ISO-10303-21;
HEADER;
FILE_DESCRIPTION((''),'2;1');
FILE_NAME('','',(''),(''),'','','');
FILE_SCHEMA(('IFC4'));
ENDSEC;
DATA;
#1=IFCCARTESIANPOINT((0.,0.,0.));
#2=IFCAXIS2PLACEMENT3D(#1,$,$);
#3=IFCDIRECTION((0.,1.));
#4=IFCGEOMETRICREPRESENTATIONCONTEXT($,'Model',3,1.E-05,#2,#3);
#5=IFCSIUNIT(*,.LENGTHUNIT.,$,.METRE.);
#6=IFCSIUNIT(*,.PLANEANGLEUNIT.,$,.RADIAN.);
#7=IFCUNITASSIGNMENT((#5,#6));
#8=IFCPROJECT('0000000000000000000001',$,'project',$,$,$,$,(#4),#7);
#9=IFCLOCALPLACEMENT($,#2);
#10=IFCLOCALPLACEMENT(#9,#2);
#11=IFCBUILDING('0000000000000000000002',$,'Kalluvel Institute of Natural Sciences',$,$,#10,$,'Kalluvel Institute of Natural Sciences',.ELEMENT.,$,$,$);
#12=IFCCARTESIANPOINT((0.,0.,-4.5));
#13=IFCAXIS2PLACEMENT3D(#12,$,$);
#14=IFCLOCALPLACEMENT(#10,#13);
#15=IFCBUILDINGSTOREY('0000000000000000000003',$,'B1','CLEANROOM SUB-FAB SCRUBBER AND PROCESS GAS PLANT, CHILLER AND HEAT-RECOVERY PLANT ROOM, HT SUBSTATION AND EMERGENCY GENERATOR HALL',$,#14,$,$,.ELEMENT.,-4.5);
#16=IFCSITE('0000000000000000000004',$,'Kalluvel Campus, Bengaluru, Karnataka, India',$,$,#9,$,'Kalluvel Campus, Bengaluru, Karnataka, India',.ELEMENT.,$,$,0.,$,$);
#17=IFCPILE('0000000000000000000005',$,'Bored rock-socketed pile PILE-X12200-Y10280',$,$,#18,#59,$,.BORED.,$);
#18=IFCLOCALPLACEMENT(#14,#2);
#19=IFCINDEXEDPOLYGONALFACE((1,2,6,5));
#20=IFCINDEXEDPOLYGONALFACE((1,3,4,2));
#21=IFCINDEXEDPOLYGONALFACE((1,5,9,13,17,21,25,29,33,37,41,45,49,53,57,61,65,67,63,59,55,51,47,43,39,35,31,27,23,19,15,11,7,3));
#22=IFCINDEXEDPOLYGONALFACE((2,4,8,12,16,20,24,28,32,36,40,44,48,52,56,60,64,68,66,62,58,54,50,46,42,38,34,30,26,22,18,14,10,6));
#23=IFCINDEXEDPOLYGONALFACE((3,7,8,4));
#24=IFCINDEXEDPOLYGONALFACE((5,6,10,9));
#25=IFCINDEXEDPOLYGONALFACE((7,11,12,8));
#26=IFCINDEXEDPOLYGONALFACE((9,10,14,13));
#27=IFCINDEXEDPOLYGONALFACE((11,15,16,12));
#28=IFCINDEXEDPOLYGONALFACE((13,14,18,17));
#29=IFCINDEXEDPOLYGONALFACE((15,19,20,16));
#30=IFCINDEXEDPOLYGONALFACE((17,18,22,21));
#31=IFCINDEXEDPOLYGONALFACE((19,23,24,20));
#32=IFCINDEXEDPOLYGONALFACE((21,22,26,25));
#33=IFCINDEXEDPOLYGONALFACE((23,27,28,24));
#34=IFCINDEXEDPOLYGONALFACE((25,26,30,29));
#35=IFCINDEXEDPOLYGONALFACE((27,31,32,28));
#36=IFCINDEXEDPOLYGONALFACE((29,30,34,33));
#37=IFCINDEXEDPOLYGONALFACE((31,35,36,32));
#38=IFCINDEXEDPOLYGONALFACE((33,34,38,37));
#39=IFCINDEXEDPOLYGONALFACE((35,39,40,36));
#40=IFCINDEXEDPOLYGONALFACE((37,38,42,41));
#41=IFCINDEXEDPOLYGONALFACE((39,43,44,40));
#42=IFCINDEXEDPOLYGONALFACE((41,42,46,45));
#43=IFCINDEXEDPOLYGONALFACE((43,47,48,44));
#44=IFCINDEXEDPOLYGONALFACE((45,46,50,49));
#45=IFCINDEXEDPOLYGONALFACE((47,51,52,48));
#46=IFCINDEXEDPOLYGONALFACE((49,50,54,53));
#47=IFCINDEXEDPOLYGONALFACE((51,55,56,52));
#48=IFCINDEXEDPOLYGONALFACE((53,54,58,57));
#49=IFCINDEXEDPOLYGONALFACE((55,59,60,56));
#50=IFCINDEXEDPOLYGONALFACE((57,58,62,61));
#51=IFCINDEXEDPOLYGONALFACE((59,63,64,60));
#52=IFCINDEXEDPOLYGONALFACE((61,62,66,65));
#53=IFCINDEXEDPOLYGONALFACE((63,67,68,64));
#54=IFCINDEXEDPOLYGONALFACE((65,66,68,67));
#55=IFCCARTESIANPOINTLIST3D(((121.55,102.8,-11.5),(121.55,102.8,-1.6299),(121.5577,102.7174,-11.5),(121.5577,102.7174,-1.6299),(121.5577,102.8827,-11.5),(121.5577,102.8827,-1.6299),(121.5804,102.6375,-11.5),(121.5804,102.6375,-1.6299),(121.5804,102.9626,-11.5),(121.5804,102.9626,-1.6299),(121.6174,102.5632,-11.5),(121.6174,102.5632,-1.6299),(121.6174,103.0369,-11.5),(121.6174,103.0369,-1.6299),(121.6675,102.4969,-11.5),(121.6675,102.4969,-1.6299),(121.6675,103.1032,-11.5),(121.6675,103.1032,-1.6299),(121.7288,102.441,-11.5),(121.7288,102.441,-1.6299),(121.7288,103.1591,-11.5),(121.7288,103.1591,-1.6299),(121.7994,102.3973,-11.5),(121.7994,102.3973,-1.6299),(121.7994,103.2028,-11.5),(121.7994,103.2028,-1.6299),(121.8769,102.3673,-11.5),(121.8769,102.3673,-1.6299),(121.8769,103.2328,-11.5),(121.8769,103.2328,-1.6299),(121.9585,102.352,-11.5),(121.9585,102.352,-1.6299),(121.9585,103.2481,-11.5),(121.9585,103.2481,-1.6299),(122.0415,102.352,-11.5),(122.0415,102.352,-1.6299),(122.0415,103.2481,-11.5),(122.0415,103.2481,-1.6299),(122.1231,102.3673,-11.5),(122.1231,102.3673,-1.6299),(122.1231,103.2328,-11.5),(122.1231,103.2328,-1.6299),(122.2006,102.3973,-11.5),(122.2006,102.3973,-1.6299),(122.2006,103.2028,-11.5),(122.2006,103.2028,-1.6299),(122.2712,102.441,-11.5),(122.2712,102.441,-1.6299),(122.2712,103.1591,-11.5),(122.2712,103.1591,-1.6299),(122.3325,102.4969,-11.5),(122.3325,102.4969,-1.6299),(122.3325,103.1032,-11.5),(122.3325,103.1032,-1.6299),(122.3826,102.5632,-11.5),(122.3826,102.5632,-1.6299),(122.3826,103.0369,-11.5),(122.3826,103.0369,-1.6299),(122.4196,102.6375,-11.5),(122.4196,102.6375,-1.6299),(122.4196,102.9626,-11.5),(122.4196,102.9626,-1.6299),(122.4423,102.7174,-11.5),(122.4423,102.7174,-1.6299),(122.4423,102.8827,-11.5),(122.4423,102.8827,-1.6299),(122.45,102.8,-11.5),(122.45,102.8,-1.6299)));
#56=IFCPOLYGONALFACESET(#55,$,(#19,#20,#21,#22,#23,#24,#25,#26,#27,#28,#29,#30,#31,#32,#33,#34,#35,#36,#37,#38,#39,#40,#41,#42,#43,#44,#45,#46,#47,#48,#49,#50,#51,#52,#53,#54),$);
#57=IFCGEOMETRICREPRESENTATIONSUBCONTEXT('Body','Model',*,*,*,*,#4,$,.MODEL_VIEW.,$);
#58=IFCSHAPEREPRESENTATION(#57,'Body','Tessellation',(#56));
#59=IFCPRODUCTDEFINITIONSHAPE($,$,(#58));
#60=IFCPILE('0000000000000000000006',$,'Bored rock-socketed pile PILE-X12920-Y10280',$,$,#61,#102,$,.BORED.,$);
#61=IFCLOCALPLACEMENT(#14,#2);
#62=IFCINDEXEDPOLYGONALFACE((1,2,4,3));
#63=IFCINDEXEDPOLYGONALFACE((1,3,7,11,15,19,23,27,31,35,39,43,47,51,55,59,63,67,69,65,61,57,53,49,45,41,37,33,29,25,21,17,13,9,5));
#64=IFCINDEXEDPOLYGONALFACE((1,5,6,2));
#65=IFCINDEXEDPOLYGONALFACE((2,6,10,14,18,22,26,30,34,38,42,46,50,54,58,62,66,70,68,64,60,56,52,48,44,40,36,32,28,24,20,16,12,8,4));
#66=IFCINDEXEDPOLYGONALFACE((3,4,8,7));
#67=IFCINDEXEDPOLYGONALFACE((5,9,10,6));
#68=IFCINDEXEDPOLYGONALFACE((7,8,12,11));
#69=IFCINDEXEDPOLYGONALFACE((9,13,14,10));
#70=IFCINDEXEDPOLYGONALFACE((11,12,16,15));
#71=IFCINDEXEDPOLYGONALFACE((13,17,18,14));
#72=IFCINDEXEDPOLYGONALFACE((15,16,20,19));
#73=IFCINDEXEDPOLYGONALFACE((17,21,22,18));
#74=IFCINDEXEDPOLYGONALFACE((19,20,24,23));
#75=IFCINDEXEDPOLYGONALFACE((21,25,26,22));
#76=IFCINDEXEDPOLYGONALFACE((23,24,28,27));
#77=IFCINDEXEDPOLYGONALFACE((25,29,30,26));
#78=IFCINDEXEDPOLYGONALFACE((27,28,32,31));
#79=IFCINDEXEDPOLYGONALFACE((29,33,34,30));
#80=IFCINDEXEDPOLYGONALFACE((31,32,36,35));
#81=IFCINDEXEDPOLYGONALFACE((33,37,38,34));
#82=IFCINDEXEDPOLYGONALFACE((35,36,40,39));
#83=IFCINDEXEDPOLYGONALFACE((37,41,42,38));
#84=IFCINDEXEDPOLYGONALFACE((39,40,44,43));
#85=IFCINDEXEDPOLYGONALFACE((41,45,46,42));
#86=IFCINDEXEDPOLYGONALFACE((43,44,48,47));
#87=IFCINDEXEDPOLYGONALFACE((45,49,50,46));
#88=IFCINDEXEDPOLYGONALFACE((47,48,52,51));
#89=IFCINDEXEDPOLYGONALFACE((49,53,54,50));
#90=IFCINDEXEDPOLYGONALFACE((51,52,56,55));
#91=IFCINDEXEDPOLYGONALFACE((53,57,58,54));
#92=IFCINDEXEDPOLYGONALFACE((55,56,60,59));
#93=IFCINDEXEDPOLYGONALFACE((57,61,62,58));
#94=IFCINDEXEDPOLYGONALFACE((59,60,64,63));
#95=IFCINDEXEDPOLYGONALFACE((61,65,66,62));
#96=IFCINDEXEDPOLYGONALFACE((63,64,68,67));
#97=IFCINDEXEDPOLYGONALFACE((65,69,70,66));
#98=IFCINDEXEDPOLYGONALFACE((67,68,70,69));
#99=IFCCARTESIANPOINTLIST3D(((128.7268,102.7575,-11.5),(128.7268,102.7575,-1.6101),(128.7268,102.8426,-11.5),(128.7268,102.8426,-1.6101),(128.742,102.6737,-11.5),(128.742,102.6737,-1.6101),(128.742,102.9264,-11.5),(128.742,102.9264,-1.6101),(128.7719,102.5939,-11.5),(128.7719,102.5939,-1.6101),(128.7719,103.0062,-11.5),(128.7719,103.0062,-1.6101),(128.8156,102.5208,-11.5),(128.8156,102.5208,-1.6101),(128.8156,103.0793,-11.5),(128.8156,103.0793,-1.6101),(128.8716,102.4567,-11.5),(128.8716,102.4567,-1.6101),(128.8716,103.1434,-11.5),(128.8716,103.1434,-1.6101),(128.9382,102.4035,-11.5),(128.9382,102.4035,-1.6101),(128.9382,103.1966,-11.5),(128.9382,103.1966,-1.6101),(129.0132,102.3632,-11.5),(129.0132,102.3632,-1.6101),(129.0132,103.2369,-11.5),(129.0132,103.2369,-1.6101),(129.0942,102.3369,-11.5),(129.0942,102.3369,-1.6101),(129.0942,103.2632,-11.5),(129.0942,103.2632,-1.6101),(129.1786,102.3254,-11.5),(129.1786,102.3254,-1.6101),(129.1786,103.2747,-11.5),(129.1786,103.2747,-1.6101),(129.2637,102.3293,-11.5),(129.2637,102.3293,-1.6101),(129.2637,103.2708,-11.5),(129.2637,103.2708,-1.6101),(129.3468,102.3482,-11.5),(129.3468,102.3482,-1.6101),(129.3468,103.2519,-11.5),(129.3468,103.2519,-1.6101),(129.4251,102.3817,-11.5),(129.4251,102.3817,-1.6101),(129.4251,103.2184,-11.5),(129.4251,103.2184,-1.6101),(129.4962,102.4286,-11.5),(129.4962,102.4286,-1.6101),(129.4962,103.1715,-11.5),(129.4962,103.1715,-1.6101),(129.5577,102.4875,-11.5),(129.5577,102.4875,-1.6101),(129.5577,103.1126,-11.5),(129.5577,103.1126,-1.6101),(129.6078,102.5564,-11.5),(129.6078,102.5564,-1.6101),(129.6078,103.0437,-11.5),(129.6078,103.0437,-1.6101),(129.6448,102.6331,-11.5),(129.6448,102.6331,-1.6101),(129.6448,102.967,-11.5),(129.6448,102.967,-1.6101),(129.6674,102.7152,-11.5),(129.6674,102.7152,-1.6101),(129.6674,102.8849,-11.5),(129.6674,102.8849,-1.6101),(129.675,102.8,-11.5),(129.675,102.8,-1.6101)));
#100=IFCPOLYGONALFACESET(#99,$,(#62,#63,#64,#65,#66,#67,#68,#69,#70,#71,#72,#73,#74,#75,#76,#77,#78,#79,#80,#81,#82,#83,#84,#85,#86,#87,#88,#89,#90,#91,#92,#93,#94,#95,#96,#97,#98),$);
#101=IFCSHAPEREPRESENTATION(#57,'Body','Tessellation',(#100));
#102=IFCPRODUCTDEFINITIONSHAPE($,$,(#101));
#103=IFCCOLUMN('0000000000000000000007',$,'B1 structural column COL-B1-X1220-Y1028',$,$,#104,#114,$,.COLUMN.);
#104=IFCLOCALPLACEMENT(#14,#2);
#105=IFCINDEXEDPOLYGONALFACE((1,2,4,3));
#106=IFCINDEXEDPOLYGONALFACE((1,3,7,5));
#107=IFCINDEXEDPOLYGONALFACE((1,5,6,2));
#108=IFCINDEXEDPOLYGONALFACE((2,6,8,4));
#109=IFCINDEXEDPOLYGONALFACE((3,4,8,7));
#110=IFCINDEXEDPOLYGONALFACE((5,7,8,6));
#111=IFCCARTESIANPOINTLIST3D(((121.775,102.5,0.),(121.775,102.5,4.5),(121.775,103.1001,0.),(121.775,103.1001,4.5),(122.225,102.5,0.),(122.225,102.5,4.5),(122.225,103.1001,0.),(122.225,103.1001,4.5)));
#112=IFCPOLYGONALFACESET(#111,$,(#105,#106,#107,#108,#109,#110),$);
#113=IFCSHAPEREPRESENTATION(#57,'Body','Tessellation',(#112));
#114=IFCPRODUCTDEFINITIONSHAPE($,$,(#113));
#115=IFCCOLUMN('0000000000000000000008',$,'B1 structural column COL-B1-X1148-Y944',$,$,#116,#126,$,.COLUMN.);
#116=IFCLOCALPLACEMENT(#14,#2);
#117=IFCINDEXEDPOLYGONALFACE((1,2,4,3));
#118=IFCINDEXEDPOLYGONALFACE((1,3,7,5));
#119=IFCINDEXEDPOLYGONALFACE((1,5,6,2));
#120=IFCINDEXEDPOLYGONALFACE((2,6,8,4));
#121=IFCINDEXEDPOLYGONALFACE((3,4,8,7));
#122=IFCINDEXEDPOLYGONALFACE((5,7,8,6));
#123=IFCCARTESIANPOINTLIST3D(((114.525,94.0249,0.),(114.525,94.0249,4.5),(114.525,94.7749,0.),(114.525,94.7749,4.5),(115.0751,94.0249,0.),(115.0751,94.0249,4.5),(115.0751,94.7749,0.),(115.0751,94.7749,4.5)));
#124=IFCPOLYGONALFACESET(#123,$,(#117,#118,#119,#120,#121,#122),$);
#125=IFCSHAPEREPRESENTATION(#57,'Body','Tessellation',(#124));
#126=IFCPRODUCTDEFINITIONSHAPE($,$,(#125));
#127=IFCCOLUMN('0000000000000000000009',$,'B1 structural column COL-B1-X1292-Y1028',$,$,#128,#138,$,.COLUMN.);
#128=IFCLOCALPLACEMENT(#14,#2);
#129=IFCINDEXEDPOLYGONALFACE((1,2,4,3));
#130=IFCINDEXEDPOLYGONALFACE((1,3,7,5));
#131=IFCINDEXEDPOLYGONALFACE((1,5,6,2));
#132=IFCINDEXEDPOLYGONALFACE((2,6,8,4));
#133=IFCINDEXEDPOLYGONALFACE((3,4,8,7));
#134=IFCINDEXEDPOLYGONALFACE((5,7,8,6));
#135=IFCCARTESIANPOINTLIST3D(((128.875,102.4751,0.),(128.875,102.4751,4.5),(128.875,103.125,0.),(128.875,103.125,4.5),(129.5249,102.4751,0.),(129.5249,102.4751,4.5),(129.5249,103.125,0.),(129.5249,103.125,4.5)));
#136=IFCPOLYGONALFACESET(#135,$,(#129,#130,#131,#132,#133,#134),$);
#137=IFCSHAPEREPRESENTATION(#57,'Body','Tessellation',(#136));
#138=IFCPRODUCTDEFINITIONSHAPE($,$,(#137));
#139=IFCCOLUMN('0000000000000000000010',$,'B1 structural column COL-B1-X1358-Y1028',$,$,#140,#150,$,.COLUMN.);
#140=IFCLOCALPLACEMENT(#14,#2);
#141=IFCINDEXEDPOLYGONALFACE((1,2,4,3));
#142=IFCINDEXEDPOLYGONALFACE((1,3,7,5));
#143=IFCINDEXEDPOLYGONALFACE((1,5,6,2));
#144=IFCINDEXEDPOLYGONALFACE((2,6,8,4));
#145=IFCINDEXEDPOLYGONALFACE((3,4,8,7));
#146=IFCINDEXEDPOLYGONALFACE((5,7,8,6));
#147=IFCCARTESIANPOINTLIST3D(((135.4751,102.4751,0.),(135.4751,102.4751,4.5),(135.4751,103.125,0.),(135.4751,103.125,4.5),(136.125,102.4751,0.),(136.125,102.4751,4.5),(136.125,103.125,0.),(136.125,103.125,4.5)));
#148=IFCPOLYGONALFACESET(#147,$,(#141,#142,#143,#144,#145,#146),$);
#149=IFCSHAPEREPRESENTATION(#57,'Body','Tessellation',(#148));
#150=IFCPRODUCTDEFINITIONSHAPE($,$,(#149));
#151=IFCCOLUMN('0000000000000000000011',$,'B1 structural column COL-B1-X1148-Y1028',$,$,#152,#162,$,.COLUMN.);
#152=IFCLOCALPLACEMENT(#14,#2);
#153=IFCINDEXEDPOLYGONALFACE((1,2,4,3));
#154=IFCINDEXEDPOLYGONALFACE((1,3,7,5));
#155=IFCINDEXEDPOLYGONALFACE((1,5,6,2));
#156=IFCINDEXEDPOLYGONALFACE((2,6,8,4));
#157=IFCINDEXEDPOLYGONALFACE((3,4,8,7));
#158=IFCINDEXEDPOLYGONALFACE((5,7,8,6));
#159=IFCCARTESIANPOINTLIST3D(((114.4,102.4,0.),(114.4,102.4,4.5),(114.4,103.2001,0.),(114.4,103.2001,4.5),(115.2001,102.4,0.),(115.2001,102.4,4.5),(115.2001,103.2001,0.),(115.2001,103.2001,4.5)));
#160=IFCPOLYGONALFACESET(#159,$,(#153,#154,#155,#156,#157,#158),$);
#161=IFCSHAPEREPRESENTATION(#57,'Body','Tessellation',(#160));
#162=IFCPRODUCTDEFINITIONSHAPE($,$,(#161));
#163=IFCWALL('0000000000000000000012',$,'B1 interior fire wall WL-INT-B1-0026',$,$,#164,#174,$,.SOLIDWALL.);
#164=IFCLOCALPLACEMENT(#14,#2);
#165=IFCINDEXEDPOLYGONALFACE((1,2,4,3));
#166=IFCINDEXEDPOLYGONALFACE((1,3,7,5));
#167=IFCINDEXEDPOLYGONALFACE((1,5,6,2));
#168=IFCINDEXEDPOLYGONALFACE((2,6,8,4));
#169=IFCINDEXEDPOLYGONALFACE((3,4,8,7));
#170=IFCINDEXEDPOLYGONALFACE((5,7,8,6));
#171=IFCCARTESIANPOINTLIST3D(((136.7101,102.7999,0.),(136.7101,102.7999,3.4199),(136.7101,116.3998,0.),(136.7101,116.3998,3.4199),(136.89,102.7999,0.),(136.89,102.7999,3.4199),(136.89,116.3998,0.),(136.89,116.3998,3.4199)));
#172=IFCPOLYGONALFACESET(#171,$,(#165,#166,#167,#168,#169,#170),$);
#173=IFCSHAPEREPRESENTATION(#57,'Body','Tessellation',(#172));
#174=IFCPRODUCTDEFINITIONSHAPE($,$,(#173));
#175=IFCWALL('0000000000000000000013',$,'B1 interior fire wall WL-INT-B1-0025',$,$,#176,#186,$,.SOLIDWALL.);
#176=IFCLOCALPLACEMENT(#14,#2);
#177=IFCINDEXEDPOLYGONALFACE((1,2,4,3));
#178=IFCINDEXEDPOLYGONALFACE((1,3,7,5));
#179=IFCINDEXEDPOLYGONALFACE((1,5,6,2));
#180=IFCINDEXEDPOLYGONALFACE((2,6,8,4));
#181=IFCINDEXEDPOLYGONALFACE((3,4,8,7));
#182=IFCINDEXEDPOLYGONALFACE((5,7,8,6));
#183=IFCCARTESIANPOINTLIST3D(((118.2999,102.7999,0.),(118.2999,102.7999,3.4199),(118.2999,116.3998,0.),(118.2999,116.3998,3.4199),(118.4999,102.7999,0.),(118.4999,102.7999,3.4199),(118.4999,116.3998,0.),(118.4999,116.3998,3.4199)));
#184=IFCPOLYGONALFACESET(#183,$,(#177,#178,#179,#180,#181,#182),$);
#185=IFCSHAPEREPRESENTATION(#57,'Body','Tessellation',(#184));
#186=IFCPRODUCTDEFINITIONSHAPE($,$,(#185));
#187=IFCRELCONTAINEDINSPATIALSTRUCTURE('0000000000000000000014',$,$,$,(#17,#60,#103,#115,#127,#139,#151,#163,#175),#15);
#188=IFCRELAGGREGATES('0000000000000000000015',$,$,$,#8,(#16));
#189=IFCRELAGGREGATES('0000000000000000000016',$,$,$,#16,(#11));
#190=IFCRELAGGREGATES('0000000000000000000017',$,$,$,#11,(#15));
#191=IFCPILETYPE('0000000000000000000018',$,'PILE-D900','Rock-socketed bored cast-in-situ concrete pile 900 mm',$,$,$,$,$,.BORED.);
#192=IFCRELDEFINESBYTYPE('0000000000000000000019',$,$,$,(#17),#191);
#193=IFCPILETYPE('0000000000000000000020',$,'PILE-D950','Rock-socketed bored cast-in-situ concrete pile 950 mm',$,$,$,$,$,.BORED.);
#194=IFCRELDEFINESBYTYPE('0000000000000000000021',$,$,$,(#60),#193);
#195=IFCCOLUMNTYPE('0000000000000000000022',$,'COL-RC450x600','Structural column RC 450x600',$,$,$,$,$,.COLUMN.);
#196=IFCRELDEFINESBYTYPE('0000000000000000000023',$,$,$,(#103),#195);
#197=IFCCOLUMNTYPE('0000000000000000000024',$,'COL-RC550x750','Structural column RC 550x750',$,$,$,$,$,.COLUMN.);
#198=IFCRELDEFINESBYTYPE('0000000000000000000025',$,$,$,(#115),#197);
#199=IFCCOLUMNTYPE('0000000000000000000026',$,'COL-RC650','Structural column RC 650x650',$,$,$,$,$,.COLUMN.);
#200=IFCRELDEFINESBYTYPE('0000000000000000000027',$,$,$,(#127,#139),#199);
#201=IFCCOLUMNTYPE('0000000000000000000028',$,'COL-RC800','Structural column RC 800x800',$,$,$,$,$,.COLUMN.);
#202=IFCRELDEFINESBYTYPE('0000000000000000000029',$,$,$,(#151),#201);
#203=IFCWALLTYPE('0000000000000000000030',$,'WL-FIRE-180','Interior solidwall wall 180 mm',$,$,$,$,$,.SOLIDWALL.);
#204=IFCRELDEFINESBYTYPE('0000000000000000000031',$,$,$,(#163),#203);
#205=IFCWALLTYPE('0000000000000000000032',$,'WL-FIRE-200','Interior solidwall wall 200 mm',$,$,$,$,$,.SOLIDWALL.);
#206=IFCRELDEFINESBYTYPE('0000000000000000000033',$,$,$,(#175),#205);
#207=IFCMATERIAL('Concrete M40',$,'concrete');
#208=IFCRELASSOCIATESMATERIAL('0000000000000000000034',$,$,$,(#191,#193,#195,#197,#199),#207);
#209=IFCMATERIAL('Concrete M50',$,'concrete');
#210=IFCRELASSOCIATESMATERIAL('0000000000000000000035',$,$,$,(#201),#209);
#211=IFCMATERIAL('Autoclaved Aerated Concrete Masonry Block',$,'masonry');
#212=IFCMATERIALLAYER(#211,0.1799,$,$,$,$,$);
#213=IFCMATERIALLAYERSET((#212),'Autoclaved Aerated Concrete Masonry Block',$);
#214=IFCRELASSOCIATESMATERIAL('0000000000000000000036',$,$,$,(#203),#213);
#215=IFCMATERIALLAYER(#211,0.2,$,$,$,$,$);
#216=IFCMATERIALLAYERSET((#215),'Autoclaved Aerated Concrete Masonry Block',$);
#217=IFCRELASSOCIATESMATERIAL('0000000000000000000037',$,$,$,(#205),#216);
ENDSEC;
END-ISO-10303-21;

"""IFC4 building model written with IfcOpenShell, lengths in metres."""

from ifc_helpers import new_model, si_unit, direction, frame, frame_2d, origin, origin_2d, place, context, subcontext, project, spatial, rectangle, circle, extrude, material, layer, layer_set, material_profile, profile_set, type_object, element, save


model = new_model("IFC4")

# Units and contexts
model_context = context("Model", 3, precision=1e-05, world=origin(), true_north=direction((0.0, 1.0)))
body_context = subcontext(model_context, "Body", "Model", "MODEL_VIEW")
ifc_project = project(units=[si_unit("LENGTHUNIT", "METRE"), si_unit("PLANEANGLEUNIT", "RADIAN")], contexts=[model_context])

# Site, building, storey
site_placement = place(None, origin())
site = spatial("IfcSite", under=ifc_project, at=site_placement, Name="Kalluvel Campus, Bengaluru, Karnataka, India", LongName="Kalluvel Campus, Bengaluru, Karnataka, India", CompositionType="ELEMENT", RefElevation=0.0)
building_placement = place(site_placement, origin())
building = spatial("IfcBuilding", under=site, at=building_placement, Name="Kalluvel Institute of Natural Sciences", LongName="Kalluvel Institute of Natural Sciences", CompositionType="ELEMENT")
storey_placement = place(building_placement, frame((0.0, 0.0, -4.5)))
storey = spatial("IfcBuildingStorey", under=building, at=storey_placement, Name="B1", Description="CLEANROOM SUB-FAB SCRUBBER AND PROCESS GAS PLANT, CHILLER AND HEAT-RECOVERY PLANT ROOM, HT SUBSTATION AND EMERGENCY GENERATOR HALL", CompositionType="ELEMENT", Elevation=-4.5)

# Shared definitions
ifc_material_1 = material(Name="Concrete M40", Category="concrete")

# Piles
ifc_material_profile_1 = material_profile(ifc_material_1, circle(Radius=0.45, at=origin_2d()), Name="PILE D900")
ifc_profile_set_1 = profile_set([ifc_material_profile_1], Name="Concrete M40")
pile_type_1 = type_object("IfcPileType", Name="PILE-D900", Description="Rock-socketed bored cast-in-situ concrete pile 900 mm", PredefinedType="BORED", material=ifc_profile_set_1)
pile_1_placement = place(storey_placement, frame((122.0, 102.8, -1.6299), z_axis=(0.0, 0.0, -1.0), x_axis=(1.0, 0.0, 0.0)))
element("IfcPile", 1, at=pile_1_placement, inside=storey, type_object=pile_type_1, Name="Bored rock-socketed pile PILE-X12200-Y10280", PredefinedType="BORED", context=body_context, shape_type="SweptSolid", body=[
    extrude(circle(Radius=0.45, at=origin_2d()), origin(), (0.0, 0.0, 1.0), 9.8701),
])
ifc_material_profile_2 = material_profile(ifc_material_1, circle(Radius=0.4751, at=origin_2d()), Name="PILE D950")
ifc_profile_set_2 = profile_set([ifc_material_profile_2], Name="Concrete M40")
pile_type_2 = type_object("IfcPileType", Name="PILE-D950", Description="Rock-socketed bored cast-in-situ concrete pile 950 mm", PredefinedType="BORED", material=ifc_profile_set_2)
pile_2_placement = place(storey_placement, frame((129.2, 102.8, -1.6101), z_axis=(0.0, 0.0, -1.0), x_axis=(1.0, 0.0, 0.0)))
element("IfcPile", 2, at=pile_2_placement, inside=storey, type_object=pile_type_2, Name="Bored rock-socketed pile PILE-X12920-Y10280", PredefinedType="BORED", context=body_context, shape_type="SweptSolid", body=[
    extrude(circle(Radius=0.4751, at=origin_2d()), origin(), (0.0, 0.0, 1.0), 9.8899),
])

# Columns
ifc_material_profile_3 = material_profile(ifc_material_1, rectangle(XDim=0.45, YDim=0.6001, at=origin_2d()), Name="RC 450x600")
ifc_profile_set_3 = profile_set([ifc_material_profile_3], Name="Concrete M40")
column_type_1 = type_object("IfcColumnType", Name="COL-RC450x600", Description="Structural column RC 450x600", PredefinedType="COLUMN", material=ifc_profile_set_3)
column_1_placement = place(storey_placement, frame((122.0, 102.8, 0.0), z_axis=(0.0, 0.0, 1.0), x_axis=(1.0, 0.0, 0.0)))
element("IfcColumn", 3, at=column_1_placement, inside=storey, type_object=column_type_1, Name="B1 structural column COL-B1-X1220-Y1028", PredefinedType="COLUMN", context=body_context, shape_type="SweptSolid", body=[
    extrude(rectangle(XDim=0.45, YDim=0.6001, at=origin_2d()), origin(), (0.0, 0.0, 1.0), 4.5),
])
ifc_material_profile_4 = material_profile(ifc_material_1, rectangle(XDim=0.55, YDim=0.75, at=origin_2d()), Name="RC 550x750")
ifc_profile_set_4 = profile_set([ifc_material_profile_4], Name="Concrete M40")
column_type_2 = type_object("IfcColumnType", Name="COL-RC550x750", Description="Structural column RC 550x750", PredefinedType="COLUMN", material=ifc_profile_set_4)
column_2_placement = place(storey_placement, frame((114.8, 94.3999, 0.0), z_axis=(0.0, 0.0, 1.0), x_axis=(1.0, 0.0, 0.0)))
element("IfcColumn", 4, at=column_2_placement, inside=storey, type_object=column_type_2, Name="B1 structural column COL-B1-X1148-Y944", PredefinedType="COLUMN", context=body_context, shape_type="SweptSolid", body=[
    extrude(rectangle(XDim=0.55, YDim=0.75, at=origin_2d()), origin(), (0.0, 0.0, 1.0), 4.5),
])
ifc_material_profile_5 = material_profile(ifc_material_1, rectangle(XDim=0.6499, YDim=0.6499, at=origin_2d()), Name="RC 650x650")
ifc_profile_set_5 = profile_set([ifc_material_profile_5], Name="Concrete M40")
column_type_3 = type_object("IfcColumnType", Name="COL-RC650", Description="Structural column RC 650x650", PredefinedType="COLUMN", material=ifc_profile_set_5)
for number, where, z_axis, x_axis, name in (
    (5, (129.2, 102.8, 0.0), (0.0, 0.0, 1.0), (1.0, 0.0, 0.0), "B1 structural column COL-B1-X1292-Y1028"),
    (6, (135.8, 102.8, 0.0), (0.0, 0.0, 1.0), (1.0, 0.0, 0.0), "B1 structural column COL-B1-X1358-Y1028"),
):
    element("IfcColumn", number, at=place(storey_placement, frame(where, z_axis=z_axis, x_axis=x_axis)), inside=storey, type_object=column_type_3, Name=name, PredefinedType="COLUMN", context=body_context, shape_type="SweptSolid", body=[
        extrude(rectangle(XDim=0.6499, YDim=0.6499, at=origin_2d()), origin(), (0.0, 0.0, 1.0), 4.5),
    ])
ifc_material_2 = material(Name="Concrete M50", Category="concrete")
ifc_material_profile_6 = material_profile(ifc_material_2, rectangle(XDim=0.8, YDim=0.8, at=origin_2d()), Name="RC 800x800")
ifc_profile_set_6 = profile_set([ifc_material_profile_6], Name="Concrete M50")
column_type_4 = type_object("IfcColumnType", Name="COL-RC800", Description="Structural column RC 800x800", PredefinedType="COLUMN", material=ifc_profile_set_6)
column_3_placement = place(storey_placement, frame((114.8, 102.8, 0.0), z_axis=(0.0, 0.0, 1.0), x_axis=(1.0, 0.0, 0.0)))
element("IfcColumn", 7, at=column_3_placement, inside=storey, type_object=column_type_4, Name="B1 structural column COL-B1-X1148-Y1028", PredefinedType="COLUMN", context=body_context, shape_type="SweptSolid", body=[
    extrude(rectangle(XDim=0.8, YDim=0.8, at=origin_2d()), origin(), (0.0, 0.0, 1.0), 4.5),
])

# Walls
ifc_material_3 = material(Name="Autoclaved Aerated Concrete Masonry Block", Category="masonry")
ifc_layer_1 = layer(ifc_material_3, 0.1799)
ifc_layer_set_1 = layer_set([ifc_layer_1], Name="Autoclaved Aerated Concrete Masonry Block")
wall_type_1 = type_object("IfcWallType", Name="WL-FIRE-180", Description="Interior solidwall wall 180 mm", PredefinedType="SOLIDWALL", material=ifc_layer_set_1)
wall_1_placement = place(storey_placement, frame((136.8, 102.8, 0.0), z_axis=(0.0, 0.0, 1.0), x_axis=(0.0, 1.0, 0.0)))
element("IfcWall", 8, at=wall_1_placement, inside=storey, type_object=wall_type_1, Name="B1 interior fire wall WL-INT-B1-0026", PredefinedType="SOLIDWALL", context=body_context, shape_type="SweptSolid", body=[
    extrude(rectangle(XDim=13.5999, YDim=0.1799, at=frame_2d((6.7998, 0.0))), origin(), (0.0, 0.0, 1.0), 3.4199),
])
ifc_layer_2 = layer(ifc_material_3, 0.2)
ifc_layer_set_2 = layer_set([ifc_layer_2], Name="Autoclaved Aerated Concrete Masonry Block")
wall_type_2 = type_object("IfcWallType", Name="WL-FIRE-200", Description="Interior solidwall wall 200 mm", PredefinedType="SOLIDWALL", material=ifc_layer_set_2)
wall_2_placement = place(storey_placement, frame((118.3999, 102.8, 0.0), z_axis=(0.0, 0.0, 1.0), x_axis=(0.0, 1.0, 0.0)))
element("IfcWall", 9, at=wall_2_placement, inside=storey, type_object=wall_type_2, Name="B1 interior fire wall WL-INT-B1-0025", PredefinedType="SOLIDWALL", context=body_context, shape_type="SweptSolid", body=[
    extrude(rectangle(XDim=13.5999, YDim=0.2, at=frame_2d((6.7998, 0.0))), origin(), (0.0, 0.0, 1.0), 3.4199),
])

save(model, "model.ifc")
